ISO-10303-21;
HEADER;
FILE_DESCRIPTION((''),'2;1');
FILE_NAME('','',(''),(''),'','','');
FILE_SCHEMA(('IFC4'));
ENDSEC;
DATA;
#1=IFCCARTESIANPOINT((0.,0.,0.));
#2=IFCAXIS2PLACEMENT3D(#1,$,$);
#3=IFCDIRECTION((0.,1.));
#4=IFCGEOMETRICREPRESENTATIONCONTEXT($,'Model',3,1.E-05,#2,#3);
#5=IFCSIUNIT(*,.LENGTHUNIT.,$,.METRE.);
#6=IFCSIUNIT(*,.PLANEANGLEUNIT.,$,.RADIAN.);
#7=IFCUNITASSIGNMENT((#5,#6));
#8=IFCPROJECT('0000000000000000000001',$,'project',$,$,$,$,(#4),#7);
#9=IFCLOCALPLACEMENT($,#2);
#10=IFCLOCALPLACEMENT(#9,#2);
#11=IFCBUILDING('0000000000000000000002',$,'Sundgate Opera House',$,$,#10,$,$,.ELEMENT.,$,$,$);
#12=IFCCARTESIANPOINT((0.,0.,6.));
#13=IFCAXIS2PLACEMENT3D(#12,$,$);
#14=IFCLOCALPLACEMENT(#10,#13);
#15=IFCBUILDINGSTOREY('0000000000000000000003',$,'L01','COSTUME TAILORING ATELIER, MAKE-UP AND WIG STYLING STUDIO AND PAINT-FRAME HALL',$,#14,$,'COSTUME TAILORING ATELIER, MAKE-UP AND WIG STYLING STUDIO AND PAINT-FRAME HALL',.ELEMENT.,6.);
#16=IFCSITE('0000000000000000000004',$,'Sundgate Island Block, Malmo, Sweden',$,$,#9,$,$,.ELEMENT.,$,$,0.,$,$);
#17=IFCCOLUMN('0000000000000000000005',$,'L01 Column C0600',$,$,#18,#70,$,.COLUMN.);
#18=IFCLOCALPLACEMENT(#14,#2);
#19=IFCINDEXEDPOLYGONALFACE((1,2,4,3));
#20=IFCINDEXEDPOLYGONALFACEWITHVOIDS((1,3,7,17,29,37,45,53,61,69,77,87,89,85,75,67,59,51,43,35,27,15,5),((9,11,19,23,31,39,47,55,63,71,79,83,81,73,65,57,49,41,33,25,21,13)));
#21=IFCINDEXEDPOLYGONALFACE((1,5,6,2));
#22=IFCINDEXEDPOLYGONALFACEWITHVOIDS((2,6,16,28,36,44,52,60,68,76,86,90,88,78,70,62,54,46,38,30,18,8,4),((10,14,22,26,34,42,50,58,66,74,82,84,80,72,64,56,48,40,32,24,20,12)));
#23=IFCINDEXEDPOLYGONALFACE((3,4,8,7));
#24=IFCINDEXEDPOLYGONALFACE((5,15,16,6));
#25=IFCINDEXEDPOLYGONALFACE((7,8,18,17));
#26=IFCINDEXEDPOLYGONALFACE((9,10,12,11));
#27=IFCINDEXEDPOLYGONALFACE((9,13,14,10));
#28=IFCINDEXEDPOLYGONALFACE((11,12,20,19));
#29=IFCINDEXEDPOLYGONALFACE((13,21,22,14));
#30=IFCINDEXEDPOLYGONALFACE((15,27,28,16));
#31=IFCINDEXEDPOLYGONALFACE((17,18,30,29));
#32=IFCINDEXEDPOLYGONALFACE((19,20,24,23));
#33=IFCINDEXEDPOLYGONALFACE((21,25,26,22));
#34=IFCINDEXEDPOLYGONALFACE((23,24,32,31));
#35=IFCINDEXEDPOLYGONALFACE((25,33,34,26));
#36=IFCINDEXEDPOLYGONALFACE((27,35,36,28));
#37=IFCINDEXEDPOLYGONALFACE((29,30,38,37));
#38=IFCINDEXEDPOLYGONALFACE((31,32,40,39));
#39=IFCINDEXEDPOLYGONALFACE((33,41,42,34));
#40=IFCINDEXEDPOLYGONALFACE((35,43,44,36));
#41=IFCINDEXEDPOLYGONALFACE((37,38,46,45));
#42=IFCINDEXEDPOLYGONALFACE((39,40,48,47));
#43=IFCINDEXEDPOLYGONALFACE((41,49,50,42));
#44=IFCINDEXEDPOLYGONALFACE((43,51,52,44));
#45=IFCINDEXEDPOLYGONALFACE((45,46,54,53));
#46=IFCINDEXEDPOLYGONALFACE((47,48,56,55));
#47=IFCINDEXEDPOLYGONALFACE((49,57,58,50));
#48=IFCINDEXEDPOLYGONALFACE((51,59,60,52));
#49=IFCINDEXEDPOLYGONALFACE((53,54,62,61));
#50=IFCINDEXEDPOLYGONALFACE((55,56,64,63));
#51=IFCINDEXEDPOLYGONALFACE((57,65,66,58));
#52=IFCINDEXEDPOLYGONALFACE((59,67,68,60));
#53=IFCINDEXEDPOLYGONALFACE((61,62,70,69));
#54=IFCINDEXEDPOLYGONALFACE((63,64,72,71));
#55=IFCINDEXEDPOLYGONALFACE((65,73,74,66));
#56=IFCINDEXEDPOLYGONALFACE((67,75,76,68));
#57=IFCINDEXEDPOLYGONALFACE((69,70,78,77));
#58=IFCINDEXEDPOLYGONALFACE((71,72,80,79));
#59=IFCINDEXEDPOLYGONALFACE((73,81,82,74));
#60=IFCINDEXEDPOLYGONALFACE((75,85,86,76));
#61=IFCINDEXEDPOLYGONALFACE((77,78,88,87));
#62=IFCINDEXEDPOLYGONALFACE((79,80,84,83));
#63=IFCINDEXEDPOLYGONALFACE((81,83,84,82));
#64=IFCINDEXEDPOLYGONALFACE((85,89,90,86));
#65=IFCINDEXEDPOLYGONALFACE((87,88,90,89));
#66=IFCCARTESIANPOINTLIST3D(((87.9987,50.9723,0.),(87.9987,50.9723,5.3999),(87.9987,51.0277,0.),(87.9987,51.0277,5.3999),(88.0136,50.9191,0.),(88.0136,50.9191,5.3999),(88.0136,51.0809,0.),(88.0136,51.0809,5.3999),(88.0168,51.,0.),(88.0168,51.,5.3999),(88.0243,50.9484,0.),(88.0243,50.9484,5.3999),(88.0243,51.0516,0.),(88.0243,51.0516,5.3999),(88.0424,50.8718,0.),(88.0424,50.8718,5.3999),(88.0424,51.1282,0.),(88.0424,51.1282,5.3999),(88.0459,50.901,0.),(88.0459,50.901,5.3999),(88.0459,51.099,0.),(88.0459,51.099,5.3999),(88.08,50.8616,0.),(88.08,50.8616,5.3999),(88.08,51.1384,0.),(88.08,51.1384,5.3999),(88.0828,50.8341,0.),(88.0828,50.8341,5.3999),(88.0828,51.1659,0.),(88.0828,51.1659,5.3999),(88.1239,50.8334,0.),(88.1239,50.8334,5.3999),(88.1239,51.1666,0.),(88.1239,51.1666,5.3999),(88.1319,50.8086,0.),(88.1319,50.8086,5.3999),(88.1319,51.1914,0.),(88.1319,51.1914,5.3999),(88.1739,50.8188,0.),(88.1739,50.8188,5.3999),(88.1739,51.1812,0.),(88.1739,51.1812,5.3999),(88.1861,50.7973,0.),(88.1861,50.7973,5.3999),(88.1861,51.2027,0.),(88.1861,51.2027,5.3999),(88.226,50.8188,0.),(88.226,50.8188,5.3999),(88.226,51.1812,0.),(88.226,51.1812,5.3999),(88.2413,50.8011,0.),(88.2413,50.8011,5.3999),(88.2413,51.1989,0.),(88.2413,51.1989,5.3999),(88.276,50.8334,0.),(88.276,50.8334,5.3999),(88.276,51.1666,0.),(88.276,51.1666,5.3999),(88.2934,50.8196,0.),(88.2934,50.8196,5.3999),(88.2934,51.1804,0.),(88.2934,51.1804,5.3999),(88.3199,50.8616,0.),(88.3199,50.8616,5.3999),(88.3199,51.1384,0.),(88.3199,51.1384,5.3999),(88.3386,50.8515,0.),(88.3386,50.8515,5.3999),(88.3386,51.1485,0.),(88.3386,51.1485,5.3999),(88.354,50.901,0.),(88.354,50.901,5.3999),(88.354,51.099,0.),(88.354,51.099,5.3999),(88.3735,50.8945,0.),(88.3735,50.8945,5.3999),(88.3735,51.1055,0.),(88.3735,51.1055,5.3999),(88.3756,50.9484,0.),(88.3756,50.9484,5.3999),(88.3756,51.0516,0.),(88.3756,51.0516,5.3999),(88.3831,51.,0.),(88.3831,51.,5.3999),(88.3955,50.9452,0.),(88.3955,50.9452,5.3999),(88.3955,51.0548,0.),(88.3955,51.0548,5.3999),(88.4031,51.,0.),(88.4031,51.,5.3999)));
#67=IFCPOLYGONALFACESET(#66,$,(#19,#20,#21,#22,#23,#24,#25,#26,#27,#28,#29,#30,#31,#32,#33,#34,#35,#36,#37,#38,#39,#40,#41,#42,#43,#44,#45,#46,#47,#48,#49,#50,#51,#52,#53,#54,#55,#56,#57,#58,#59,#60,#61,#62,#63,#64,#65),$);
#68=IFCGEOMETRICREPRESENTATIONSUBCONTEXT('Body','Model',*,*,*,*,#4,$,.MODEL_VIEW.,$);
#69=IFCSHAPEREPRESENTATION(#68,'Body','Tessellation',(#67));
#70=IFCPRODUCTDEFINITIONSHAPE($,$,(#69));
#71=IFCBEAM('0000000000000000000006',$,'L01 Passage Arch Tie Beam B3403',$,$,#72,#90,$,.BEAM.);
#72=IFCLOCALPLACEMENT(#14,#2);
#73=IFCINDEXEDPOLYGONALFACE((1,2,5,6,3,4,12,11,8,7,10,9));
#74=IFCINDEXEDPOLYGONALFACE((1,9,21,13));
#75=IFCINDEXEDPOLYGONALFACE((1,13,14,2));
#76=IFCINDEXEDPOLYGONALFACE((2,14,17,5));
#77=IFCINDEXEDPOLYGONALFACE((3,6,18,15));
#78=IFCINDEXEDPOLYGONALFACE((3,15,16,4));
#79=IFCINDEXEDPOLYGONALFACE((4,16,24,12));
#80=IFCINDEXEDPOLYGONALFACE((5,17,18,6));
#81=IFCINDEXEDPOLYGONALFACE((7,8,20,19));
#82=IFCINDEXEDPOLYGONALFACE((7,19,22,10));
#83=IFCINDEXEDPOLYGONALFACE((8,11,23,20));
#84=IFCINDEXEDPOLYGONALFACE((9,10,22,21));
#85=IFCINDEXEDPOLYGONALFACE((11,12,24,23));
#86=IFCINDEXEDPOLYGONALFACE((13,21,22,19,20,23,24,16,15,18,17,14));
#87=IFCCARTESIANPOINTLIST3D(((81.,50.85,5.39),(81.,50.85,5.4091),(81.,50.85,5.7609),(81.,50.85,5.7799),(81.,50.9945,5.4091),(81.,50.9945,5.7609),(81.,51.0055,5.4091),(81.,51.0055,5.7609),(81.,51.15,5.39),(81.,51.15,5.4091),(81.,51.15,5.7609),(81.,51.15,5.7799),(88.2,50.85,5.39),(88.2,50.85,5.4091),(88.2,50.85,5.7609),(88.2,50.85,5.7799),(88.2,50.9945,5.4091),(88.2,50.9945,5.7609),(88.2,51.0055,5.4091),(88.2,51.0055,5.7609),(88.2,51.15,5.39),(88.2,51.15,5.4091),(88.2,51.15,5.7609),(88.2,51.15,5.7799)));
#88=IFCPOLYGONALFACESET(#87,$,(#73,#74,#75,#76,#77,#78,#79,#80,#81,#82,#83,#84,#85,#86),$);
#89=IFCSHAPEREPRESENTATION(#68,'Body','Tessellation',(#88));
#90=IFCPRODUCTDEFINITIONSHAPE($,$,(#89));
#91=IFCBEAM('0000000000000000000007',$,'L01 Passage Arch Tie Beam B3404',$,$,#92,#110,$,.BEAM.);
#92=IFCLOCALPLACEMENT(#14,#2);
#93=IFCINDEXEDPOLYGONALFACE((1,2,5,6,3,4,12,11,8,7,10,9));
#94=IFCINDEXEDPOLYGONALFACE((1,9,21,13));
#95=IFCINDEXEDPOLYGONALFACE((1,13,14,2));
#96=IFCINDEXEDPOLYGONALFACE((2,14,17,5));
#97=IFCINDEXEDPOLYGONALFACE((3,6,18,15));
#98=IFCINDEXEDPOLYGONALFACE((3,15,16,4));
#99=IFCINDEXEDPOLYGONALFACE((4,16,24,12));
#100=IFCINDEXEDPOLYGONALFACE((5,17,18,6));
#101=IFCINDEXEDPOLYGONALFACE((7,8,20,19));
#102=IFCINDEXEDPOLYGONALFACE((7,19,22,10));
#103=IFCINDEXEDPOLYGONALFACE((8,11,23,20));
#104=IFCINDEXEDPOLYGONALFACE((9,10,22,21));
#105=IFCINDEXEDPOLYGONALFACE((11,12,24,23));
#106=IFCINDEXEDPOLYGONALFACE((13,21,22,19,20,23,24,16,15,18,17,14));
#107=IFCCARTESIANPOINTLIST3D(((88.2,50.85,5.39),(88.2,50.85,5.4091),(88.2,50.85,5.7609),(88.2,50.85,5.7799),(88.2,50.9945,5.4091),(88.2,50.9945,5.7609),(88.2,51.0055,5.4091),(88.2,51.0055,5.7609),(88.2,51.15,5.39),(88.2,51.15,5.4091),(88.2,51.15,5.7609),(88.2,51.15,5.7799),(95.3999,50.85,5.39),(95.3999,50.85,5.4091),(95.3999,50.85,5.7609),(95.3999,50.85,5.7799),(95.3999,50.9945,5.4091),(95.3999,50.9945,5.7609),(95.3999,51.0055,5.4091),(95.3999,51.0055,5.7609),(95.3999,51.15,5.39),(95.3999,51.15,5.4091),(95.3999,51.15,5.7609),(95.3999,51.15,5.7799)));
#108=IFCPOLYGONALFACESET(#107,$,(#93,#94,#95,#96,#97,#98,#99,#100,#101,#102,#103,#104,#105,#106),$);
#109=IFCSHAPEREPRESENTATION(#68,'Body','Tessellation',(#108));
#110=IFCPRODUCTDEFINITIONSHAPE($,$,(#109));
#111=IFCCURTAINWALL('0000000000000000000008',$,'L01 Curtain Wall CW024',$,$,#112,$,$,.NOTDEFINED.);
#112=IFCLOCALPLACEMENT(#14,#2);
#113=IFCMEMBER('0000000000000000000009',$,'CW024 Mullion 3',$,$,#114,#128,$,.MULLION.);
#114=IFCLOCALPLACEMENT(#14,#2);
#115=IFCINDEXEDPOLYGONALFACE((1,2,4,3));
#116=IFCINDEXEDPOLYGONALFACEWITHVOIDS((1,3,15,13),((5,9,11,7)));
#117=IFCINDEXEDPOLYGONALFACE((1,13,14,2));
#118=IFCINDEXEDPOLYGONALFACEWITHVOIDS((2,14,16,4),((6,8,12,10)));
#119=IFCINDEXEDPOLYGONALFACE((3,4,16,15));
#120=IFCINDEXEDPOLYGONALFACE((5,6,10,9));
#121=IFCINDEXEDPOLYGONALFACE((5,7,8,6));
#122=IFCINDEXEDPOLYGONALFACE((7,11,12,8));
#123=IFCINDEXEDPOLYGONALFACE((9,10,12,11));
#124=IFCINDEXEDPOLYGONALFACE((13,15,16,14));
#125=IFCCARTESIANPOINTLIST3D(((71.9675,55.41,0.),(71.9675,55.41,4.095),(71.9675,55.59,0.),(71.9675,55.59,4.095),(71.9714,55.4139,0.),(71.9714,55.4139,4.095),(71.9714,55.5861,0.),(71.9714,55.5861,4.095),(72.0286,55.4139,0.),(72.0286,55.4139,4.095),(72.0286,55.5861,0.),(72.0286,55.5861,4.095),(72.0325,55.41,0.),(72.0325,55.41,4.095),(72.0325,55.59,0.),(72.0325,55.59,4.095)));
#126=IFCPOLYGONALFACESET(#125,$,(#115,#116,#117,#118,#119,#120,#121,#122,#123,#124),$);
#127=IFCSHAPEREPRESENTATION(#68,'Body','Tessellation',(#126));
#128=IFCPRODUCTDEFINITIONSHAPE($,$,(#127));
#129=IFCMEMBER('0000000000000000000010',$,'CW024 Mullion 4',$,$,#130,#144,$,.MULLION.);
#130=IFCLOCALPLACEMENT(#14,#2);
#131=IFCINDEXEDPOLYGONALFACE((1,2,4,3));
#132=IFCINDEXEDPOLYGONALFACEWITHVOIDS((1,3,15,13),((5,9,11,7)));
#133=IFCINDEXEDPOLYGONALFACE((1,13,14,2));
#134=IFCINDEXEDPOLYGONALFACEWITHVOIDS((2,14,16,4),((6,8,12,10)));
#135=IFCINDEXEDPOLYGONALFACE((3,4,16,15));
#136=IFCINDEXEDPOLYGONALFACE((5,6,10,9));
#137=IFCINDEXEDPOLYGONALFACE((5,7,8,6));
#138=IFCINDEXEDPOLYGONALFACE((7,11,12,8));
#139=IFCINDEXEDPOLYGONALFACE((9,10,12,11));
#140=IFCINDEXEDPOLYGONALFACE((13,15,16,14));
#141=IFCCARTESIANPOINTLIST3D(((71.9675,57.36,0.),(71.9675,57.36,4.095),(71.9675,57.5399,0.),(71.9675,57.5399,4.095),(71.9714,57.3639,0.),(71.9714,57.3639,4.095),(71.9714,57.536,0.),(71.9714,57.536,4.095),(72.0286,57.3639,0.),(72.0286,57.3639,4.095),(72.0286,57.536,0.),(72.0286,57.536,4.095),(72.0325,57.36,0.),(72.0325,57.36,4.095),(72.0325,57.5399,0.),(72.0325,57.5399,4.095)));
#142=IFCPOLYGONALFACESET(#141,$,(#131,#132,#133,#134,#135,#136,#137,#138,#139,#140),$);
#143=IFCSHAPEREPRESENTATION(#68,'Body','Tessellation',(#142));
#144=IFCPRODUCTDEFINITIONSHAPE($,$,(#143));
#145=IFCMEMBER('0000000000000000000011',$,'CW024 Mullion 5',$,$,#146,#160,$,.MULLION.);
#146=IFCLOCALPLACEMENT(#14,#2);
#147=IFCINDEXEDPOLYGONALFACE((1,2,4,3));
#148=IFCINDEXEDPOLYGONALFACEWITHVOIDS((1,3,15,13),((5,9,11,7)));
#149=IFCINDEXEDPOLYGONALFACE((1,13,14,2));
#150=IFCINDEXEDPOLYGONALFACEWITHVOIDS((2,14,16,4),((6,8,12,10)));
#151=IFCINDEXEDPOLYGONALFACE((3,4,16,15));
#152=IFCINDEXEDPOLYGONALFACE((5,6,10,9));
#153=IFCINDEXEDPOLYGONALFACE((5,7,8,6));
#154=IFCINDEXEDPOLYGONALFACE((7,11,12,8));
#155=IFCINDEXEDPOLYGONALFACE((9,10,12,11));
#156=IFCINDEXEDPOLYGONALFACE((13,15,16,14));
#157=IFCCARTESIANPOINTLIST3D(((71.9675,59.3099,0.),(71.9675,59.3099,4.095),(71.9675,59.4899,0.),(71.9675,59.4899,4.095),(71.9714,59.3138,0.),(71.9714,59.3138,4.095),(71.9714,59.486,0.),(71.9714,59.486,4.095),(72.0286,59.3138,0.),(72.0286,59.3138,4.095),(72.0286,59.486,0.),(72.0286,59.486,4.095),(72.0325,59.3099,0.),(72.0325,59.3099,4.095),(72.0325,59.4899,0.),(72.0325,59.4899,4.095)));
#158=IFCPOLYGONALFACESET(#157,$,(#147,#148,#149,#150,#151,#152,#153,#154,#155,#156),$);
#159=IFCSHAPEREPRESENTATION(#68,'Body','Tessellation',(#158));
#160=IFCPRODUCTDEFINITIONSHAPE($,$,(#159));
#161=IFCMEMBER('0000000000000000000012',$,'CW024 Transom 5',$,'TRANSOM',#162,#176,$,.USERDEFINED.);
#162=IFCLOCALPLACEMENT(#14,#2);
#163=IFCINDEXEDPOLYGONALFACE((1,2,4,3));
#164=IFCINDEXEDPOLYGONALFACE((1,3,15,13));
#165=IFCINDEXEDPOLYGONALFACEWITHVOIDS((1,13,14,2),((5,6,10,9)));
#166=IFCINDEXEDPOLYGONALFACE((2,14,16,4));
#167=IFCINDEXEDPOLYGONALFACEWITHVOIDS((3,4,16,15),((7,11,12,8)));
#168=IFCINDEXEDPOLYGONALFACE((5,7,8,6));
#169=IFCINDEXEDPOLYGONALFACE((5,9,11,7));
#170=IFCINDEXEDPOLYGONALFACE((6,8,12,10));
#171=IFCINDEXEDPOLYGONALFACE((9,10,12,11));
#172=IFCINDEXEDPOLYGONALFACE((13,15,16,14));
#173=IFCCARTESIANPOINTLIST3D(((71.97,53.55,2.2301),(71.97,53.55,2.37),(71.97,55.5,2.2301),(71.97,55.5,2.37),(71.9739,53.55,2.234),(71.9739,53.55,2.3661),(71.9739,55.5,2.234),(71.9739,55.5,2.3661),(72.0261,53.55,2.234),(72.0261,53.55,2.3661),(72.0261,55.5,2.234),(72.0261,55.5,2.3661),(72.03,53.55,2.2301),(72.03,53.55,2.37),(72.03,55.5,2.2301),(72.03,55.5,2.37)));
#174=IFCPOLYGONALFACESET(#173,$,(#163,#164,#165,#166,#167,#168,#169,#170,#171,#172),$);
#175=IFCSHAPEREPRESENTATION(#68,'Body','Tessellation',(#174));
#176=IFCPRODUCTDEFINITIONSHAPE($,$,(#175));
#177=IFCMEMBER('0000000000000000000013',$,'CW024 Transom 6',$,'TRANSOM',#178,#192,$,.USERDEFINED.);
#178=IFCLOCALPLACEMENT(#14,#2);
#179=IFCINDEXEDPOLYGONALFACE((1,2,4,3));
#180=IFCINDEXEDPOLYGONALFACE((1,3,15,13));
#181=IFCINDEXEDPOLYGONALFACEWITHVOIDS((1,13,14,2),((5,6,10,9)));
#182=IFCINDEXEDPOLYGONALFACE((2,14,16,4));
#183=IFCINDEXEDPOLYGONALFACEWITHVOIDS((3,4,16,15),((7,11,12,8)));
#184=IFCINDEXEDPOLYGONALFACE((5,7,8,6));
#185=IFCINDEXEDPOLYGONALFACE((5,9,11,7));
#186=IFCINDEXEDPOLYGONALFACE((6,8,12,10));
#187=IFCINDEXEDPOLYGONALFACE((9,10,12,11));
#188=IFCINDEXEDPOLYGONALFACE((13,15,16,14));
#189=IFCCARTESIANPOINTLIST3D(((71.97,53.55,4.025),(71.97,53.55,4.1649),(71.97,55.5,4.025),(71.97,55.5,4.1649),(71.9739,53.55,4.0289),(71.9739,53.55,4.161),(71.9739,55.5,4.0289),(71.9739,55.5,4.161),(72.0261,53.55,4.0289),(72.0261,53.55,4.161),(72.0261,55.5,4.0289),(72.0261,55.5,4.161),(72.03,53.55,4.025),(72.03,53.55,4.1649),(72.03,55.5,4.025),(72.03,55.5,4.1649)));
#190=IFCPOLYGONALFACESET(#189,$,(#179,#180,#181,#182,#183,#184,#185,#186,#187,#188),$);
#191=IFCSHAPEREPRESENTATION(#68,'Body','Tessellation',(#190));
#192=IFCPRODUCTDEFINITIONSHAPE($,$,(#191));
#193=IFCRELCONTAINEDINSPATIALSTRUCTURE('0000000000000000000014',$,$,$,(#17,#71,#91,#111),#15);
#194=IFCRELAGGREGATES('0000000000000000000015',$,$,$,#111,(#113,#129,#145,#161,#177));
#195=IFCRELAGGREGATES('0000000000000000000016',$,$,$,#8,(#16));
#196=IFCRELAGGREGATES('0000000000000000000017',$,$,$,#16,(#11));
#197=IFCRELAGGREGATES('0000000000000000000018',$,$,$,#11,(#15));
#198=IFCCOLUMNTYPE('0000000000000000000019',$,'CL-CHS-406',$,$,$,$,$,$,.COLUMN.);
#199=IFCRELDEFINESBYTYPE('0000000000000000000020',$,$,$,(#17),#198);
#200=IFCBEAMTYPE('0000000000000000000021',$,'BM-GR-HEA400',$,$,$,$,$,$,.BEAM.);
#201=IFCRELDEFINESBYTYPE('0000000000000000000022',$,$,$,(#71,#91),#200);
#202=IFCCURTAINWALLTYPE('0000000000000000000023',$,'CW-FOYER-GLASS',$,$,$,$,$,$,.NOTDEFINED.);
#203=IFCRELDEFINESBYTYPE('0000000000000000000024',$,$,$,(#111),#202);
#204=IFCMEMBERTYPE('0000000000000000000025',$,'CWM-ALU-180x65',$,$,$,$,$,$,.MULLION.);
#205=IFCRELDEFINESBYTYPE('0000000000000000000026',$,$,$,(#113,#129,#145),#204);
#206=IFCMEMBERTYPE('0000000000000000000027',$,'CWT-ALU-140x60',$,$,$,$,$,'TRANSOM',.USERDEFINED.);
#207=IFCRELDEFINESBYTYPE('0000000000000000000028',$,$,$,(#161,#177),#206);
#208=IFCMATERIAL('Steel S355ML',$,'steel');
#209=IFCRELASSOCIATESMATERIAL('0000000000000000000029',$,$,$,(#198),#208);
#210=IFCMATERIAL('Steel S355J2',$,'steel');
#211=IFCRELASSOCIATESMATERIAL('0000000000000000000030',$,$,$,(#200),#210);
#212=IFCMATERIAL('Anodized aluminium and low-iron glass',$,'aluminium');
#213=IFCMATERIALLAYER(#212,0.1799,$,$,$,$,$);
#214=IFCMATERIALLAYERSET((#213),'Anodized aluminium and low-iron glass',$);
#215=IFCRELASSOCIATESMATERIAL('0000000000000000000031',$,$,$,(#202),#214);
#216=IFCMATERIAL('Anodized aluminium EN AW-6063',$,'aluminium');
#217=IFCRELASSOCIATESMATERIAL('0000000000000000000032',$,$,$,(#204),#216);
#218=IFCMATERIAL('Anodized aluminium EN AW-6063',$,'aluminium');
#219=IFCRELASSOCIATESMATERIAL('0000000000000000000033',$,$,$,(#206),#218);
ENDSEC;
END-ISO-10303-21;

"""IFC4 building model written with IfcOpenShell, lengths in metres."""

from ifc_helpers import new_model, si_unit, direction, frame, origin, origin_2d, place, context, subcontext, project, spatial, hollow_rectangle, hollow_circle, i_section, extrude, material, layer, layer_set, material_profile, profile_set, type_object, element, aggregate, save


model = new_model("IFC4")

# Units and contexts
model_context = context("Model", 3, precision=1e-05, world=origin(), true_north=direction((0.0, 1.0)))
body_context = subcontext(model_context, "Body", "Model", "MODEL_VIEW")
ifc_project = project(units=[si_unit("LENGTHUNIT", "METRE"), si_unit("PLANEANGLEUNIT", "RADIAN")], contexts=[model_context])

# Site, building, storey
site_placement = place(None, origin())
site = spatial("IfcSite", under=ifc_project, at=site_placement, Name="Sundgate Island Block, Malmo, Sweden", CompositionType="ELEMENT", RefElevation=0.0)
building_placement = place(site_placement, origin())
building = spatial("IfcBuilding", under=site, at=building_placement, Name="Sundgate Opera House", CompositionType="ELEMENT")
storey_placement = place(building_placement, frame((0.0, 0.0, 6.0)))
storey = spatial("IfcBuildingStorey", under=building, at=storey_placement, Name="L01", Description="COSTUME TAILORING ATELIER, MAKE-UP AND WIG STYLING STUDIO AND PAINT-FRAME HALL", LongName="COSTUME TAILORING ATELIER, MAKE-UP AND WIG STYLING STUDIO AND PAINT-FRAME HALL", CompositionType="ELEMENT", Elevation=6.0)

# Column
ifc_material_1 = material(Name="Steel S355ML", Category="steel")
ifc_material_profile_1 = material_profile(ifc_material_1, hollow_circle(Radius=0.2031, WallThickness=0.02, at=origin_2d()), Name="CHS 406.4x20.0")
ifc_profile_set_1 = profile_set([ifc_material_profile_1], Name="Steel S355ML")
column_type = type_object("IfcColumnType", Name="CL-CHS-406", PredefinedType="COLUMN", material=ifc_profile_set_1)
column_placement = place(storey_placement, frame((88.2, 51.0, 0.0), z_axis=(0.0, 0.0, 1.0), x_axis=(1.0, 0.0, 0.0)))
element("IfcColumn", 1, at=column_placement, inside=storey, type_object=column_type, Name="L01 Column C0600", PredefinedType="COLUMN", context=body_context, shape_type="SweptSolid", body=[
    extrude(hollow_circle(Radius=0.2031, WallThickness=0.02, at=origin_2d()), origin(), (0.0, 0.0, 1.0), 5.3999),
])

# Beams
ifc_material_2 = material(Name="Steel S355J2", Category="steel")
ifc_material_profile_2 = material_profile(ifc_material_2, i_section(OverallWidth=0.3, OverallDepth=0.3899, WebThickness=0.011, FlangeThickness=0.019, at=origin_2d()), Name="HEA 400")
ifc_profile_set_2 = profile_set([ifc_material_profile_2], Name="Steel S355J2")
beam_type = type_object("IfcBeamType", Name="BM-GR-HEA400", PredefinedType="BEAM", material=ifc_profile_set_2)
for number, where, z_axis, x_axis, name in (
    (2, (81.0, 51.0, 5.585), (1.0, 0.0, 0.0), (0.0, 1.0, 0.0), "L01 Passage Arch Tie Beam B3403"),
    (3, (88.2, 51.0, 5.585), (1.0, 0.0, 0.0), (0.0, 1.0, 0.0), "L01 Passage Arch Tie Beam B3404"),
):
    element("IfcBeam", number, at=place(storey_placement, frame(where, z_axis=z_axis, x_axis=x_axis)), inside=storey, type_object=beam_type, Name=name, PredefinedType="BEAM", context=body_context, shape_type="SweptSolid", body=[
        extrude(i_section(OverallWidth=0.3, OverallDepth=0.3899, WebThickness=0.011, FlangeThickness=0.019, at=origin_2d()), origin(), (0.0, 0.0, 1.0), 7.2),
    ])

# Curtain wall, members
ifc_material_3 = material(Name="Anodized aluminium and low-iron glass", Category="aluminium")
ifc_layer_1 = layer(ifc_material_3, 0.1799)
ifc_layer_set_1 = layer_set([ifc_layer_1], Name="Anodized aluminium and low-iron glass")
curtain_wall_type = type_object("IfcCurtainWallType", Name="CW-FOYER-GLASS", PredefinedType="NOTDEFINED", material=ifc_layer_set_1)
curtain_wall_placement = place(storey_placement, origin())
curtain_wall = element("IfcCurtainWall", 4, at=curtain_wall_placement, inside=storey, type_object=curtain_wall_type, Name="L01 Curtain Wall CW024", PredefinedType="NOTDEFINED")
ifc_material_4 = material(Name="Anodized aluminium EN AW-6063", Category="aluminium")
ifc_material_profile_3 = material_profile(ifc_material_4, hollow_rectangle(XDim=0.0649, YDim=0.1799, WallThickness=0.0039, at=origin_2d()), Name="CWM 180x65x4")
ifc_profile_set_3 = profile_set([ifc_material_profile_3], Name="Anodized aluminium EN AW-6063")
member_type_1 = type_object("IfcMemberType", Name="CWM-ALU-180x65", PredefinedType="MULLION", material=ifc_profile_set_3)
member_1_placement = place(storey_placement, frame((72.0, 55.5, 0.0), z_axis=(0.0, 0.0, 1.0), x_axis=(1.0, 0.0, 0.0)))
member_1 = element("IfcMember", 5, at=member_1_placement, type_object=member_type_1, Name="CW024 Mullion 3", PredefinedType="MULLION", context=body_context, shape_type="SweptSolid", body=[
    extrude(hollow_rectangle(XDim=0.0649, YDim=0.1799, WallThickness=0.0039, at=origin_2d()), origin(), (0.0, 0.0, 1.0), 4.095),
])
member_2_placement = place(storey_placement, frame((72.0, 57.45, 0.0), z_axis=(0.0, 0.0, 1.0), x_axis=(1.0, 0.0, 0.0)))
member_2 = element("IfcMember", 6, at=member_2_placement, type_object=member_type_1, Name="CW024 Mullion 4", PredefinedType="MULLION", context=body_context, shape_type="SweptSolid", body=[
    extrude(hollow_rectangle(XDim=0.0649, YDim=0.1799, WallThickness=0.0039, at=origin_2d()), origin(), (0.0, 0.0, 1.0), 4.095),
])
member_3_placement = place(storey_placement, frame((72.0, 59.3999, 0.0), z_axis=(0.0, 0.0, 1.0), x_axis=(1.0, 0.0, 0.0)))
member_3 = element("IfcMember", 7, at=member_3_placement, type_object=member_type_1, Name="CW024 Mullion 5", PredefinedType="MULLION", context=body_context, shape_type="SweptSolid", body=[
    extrude(hollow_rectangle(XDim=0.0649, YDim=0.1799, WallThickness=0.0039, at=origin_2d()), origin(), (0.0, 0.0, 1.0), 4.095),
])
ifc_material_5 = material(Name="Anodized aluminium EN AW-6063", Category="aluminium")
ifc_material_profile_4 = material_profile(ifc_material_5, hollow_rectangle(XDim=0.0601, YDim=0.1399, WallThickness=0.0039, at=origin_2d()), Name="CWT 140x60x4")
ifc_profile_set_4 = profile_set([ifc_material_profile_4], Name="Anodized aluminium EN AW-6063")
member_type_2 = type_object("IfcMemberType", Name="CWT-ALU-140x60", ElementType="TRANSOM", PredefinedType="USERDEFINED", material=ifc_profile_set_4)
member_4_placement = place(storey_placement, frame((72.0, 53.55, 2.3), z_axis=(0.0, 1.0, 0.0), x_axis=(-1.0, 0.0, 0.0)))
member_4 = element("IfcMember", 8, at=member_4_placement, type_object=member_type_2, Name="CW024 Transom 5", ObjectType="TRANSOM", PredefinedType="USERDEFINED", context=body_context, shape_type="SweptSolid", body=[
    extrude(hollow_rectangle(XDim=0.0601, YDim=0.1399, WallThickness=0.0039, at=origin_2d()), origin(), (0.0, 0.0, 1.0), 1.95),
])
member_5_placement = place(storey_placement, frame((72.0, 53.55, 4.095), z_axis=(0.0, 1.0, 0.0), x_axis=(-1.0, 0.0, 0.0)))
member_5 = element("IfcMember", 9, at=member_5_placement, type_object=member_type_2, Name="CW024 Transom 6", ObjectType="TRANSOM", PredefinedType="USERDEFINED", context=body_context, shape_type="SweptSolid", body=[
    extrude(hollow_rectangle(XDim=0.0601, YDim=0.1399, WallThickness=0.0039, at=origin_2d()), origin(), (0.0, 0.0, 1.0), 1.95),
])
aggregate(curtain_wall, [member_1, member_2, member_3, member_4, member_5])

save(model, "model.ifc")
